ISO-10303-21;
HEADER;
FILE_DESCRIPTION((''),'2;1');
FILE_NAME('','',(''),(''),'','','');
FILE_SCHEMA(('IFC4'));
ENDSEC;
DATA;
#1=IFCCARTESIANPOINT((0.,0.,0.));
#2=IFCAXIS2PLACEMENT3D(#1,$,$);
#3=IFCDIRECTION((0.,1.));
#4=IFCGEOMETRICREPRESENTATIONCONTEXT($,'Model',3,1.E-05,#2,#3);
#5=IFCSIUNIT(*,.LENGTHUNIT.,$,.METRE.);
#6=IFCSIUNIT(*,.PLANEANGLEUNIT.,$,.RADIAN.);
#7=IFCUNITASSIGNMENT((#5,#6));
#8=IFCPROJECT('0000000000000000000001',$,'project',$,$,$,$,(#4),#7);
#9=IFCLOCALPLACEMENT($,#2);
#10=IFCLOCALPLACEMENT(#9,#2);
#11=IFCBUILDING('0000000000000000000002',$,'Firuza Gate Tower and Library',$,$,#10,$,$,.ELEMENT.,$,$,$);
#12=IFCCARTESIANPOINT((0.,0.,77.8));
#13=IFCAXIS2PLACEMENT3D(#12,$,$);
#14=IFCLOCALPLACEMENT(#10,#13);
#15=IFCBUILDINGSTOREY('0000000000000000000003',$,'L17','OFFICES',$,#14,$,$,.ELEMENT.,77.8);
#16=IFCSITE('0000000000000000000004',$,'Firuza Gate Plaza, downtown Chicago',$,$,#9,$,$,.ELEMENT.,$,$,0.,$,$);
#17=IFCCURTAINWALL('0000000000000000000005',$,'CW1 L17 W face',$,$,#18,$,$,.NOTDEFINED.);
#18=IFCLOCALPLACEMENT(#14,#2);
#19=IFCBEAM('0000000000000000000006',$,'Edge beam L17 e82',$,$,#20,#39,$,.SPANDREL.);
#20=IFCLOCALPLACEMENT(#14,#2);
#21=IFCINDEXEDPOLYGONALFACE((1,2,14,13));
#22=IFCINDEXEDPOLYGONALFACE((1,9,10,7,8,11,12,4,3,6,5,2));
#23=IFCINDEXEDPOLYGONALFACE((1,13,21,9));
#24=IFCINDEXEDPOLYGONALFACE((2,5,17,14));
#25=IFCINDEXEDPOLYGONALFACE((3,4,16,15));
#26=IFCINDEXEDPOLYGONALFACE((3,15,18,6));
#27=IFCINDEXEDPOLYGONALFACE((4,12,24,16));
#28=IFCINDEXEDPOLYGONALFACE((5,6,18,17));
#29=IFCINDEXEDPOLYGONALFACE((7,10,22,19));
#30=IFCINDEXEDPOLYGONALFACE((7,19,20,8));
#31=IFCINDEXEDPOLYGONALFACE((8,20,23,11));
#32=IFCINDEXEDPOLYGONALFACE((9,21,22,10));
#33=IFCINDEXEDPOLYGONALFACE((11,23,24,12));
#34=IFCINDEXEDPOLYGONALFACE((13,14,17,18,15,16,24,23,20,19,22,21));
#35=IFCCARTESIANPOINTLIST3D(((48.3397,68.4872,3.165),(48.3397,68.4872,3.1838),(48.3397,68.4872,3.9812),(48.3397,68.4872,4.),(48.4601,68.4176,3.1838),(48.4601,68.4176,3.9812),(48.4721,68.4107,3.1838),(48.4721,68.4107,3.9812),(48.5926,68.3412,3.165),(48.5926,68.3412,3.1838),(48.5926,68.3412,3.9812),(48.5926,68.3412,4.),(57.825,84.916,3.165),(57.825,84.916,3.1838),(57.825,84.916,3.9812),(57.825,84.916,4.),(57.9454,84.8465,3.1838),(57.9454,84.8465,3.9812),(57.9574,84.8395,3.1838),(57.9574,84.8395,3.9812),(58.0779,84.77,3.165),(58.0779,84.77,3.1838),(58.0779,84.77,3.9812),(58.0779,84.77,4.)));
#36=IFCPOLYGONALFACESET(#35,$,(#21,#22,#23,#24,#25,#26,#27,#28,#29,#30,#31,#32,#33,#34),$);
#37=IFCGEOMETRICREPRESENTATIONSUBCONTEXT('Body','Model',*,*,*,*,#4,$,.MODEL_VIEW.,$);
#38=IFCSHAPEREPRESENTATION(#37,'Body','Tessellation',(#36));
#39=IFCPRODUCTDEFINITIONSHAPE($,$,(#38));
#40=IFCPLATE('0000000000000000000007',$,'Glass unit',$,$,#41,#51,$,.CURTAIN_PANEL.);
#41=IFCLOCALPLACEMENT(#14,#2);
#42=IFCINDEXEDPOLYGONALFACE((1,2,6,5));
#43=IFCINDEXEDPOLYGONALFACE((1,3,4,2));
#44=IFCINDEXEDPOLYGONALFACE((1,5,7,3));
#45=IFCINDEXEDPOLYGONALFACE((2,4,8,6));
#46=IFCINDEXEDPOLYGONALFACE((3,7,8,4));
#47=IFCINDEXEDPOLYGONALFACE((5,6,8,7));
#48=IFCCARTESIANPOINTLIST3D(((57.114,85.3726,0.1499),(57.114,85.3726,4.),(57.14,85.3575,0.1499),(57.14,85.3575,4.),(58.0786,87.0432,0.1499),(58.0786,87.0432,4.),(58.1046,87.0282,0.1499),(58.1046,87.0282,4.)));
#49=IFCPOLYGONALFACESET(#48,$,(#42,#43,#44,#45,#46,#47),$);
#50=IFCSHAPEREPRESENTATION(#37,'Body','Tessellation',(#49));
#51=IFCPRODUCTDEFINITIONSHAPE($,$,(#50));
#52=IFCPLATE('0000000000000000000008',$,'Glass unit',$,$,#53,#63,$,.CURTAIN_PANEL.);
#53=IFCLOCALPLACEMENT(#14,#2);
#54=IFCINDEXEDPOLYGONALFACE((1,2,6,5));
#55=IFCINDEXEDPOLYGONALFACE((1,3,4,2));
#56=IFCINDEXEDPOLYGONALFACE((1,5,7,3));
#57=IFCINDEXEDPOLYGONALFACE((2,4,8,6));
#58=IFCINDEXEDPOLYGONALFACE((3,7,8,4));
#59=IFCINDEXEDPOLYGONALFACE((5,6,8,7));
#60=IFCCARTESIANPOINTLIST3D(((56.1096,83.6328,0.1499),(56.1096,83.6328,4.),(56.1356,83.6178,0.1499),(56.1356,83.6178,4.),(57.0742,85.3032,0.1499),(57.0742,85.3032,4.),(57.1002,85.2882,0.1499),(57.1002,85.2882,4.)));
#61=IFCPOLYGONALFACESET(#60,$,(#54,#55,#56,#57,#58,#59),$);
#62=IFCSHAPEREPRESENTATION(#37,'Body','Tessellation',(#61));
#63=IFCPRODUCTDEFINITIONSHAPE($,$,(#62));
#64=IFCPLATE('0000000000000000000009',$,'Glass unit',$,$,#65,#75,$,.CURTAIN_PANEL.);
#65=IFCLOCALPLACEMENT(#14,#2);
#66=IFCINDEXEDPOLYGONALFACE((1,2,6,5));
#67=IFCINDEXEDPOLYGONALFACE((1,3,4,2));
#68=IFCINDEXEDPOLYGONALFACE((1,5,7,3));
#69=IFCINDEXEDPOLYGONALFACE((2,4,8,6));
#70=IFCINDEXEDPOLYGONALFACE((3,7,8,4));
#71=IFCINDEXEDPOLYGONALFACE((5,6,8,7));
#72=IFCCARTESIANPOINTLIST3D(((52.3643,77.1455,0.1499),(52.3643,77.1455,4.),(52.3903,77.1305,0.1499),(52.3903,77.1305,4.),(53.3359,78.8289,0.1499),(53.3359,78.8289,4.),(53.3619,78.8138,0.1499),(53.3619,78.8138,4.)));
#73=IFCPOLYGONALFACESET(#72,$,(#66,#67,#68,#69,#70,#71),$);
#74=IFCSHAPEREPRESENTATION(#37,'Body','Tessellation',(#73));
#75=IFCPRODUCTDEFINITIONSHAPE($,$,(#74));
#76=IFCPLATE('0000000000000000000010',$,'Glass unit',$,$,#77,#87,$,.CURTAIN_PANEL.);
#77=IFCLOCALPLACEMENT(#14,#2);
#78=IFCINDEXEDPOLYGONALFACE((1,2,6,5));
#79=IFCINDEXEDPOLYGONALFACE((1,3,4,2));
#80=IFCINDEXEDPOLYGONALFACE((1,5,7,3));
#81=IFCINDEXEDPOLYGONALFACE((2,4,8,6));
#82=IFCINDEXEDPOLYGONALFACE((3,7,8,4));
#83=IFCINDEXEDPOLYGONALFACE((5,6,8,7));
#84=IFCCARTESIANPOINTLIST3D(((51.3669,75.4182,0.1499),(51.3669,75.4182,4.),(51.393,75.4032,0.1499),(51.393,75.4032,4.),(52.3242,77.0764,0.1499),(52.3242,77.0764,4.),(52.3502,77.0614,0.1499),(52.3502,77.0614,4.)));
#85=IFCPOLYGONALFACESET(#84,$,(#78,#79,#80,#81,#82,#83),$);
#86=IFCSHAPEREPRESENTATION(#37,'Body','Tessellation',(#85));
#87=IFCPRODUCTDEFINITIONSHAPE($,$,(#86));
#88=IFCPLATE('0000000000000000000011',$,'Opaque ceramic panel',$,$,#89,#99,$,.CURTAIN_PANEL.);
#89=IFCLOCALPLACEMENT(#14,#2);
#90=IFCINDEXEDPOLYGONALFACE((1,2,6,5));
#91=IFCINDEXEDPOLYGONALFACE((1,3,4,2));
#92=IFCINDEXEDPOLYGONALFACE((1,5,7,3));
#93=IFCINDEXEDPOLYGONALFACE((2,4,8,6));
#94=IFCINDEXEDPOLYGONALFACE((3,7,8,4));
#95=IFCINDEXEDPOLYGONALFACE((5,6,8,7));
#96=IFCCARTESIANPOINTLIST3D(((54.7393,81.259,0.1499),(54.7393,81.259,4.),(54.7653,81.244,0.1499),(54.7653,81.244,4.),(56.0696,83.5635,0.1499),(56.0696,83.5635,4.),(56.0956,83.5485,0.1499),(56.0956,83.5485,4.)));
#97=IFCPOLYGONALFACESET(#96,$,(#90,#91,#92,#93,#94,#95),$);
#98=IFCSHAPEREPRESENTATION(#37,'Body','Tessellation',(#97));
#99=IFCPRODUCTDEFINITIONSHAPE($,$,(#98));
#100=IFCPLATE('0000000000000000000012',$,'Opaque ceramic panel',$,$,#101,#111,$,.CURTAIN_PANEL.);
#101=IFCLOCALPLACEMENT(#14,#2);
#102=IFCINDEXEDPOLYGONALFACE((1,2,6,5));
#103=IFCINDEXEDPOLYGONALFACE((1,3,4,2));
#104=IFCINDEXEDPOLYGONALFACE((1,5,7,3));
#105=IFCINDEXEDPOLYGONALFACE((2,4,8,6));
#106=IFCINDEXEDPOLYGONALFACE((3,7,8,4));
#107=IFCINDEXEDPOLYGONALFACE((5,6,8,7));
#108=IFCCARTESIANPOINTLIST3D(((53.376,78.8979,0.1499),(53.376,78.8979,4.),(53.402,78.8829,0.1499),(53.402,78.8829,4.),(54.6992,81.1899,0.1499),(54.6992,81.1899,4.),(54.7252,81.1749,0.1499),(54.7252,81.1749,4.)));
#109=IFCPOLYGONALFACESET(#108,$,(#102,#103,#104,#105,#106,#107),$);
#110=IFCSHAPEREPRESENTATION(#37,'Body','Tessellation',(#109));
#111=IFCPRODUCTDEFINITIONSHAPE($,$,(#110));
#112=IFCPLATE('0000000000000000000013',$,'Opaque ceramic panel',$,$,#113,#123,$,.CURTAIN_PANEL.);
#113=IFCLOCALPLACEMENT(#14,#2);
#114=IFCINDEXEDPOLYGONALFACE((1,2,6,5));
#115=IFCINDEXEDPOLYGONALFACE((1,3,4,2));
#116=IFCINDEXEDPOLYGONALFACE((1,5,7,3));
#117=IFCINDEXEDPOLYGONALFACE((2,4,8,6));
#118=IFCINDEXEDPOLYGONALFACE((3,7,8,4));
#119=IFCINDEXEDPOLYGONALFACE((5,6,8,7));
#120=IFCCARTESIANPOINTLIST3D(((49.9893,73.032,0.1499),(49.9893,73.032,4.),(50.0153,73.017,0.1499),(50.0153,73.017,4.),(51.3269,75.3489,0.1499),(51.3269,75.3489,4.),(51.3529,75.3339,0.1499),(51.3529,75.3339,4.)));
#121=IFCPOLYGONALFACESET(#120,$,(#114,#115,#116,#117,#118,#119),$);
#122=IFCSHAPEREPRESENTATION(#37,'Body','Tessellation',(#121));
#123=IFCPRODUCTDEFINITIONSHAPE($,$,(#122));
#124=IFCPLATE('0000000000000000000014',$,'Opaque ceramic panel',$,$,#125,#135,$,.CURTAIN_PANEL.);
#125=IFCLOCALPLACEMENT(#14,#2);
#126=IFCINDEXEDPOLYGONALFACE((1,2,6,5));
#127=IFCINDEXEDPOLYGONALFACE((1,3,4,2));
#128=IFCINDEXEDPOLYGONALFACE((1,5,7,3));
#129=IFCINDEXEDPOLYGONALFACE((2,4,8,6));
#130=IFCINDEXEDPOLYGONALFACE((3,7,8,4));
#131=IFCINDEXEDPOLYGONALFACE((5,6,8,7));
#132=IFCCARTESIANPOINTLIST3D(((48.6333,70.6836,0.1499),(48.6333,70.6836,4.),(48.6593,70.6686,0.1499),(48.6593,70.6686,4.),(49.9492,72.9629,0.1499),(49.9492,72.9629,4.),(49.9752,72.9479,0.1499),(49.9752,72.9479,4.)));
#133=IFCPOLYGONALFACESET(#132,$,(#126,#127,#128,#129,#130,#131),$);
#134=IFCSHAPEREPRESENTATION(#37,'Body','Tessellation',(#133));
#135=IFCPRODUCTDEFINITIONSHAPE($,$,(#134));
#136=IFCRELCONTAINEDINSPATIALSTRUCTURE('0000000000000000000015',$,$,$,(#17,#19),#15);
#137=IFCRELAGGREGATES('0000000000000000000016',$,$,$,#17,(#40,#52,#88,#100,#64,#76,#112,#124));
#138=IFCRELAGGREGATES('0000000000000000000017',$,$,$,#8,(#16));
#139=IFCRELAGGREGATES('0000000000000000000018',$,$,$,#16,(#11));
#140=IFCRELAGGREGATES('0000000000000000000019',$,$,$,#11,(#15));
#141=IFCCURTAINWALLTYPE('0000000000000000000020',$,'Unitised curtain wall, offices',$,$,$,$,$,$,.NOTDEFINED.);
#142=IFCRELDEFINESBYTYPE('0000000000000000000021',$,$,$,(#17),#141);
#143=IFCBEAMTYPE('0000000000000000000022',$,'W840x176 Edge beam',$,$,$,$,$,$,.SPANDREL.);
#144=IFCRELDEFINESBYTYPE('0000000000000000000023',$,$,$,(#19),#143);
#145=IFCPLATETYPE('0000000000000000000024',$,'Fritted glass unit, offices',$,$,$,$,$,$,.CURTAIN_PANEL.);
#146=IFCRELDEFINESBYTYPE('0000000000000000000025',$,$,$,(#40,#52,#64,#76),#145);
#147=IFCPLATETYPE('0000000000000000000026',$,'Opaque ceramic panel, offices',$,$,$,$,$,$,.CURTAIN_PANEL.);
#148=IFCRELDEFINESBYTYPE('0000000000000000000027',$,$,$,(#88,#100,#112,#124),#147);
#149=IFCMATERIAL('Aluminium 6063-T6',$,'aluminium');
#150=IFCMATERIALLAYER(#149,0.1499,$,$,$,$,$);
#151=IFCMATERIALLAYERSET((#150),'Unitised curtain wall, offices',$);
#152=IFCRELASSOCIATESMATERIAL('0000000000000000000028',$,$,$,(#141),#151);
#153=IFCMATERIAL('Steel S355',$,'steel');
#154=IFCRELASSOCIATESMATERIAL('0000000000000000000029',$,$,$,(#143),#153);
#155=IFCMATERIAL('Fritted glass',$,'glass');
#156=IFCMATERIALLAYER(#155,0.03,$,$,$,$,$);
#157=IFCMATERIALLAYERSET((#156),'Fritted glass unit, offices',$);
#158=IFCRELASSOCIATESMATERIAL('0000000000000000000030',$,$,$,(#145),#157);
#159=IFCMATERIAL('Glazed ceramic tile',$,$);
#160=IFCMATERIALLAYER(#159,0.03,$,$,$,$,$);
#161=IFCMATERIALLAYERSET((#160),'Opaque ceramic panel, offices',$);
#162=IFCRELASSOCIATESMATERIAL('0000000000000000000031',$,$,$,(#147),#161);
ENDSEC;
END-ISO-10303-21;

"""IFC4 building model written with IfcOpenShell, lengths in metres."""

from ifc_helpers import new_model, si_unit, direction, frame, origin, origin_2d, place, context, subcontext, project, spatial, polyline, i_section, outline, extrude, material, layer, layer_set, material_profile, profile_set, type_object, element, aggregate, save


model = new_model("IFC4")

# Units and contexts
model_context = context("Model", 3, precision=1e-05, world=origin(), true_north=direction((0.0, 1.0)))
body_context = subcontext(model_context, "Body", "Model", "MODEL_VIEW")
ifc_project = project(units=[si_unit("LENGTHUNIT", "METRE"), si_unit("PLANEANGLEUNIT", "RADIAN")], contexts=[model_context])

# Site, building, storey
site_placement = place(None, origin())
site = spatial("IfcSite", under=ifc_project, at=site_placement, Name="Firuza Gate Plaza, downtown Chicago", CompositionType="ELEMENT", RefElevation=0.0)
building_placement = place(site_placement, origin())
building = spatial("IfcBuilding", under=site, at=building_placement, Name="Firuza Gate Tower and Library", CompositionType="ELEMENT")
storey_placement = place(building_placement, frame((0.0, 0.0, 77.8)))
storey = spatial("IfcBuildingStorey", under=building, at=storey_placement, Name="L17", Description="OFFICES", CompositionType="ELEMENT", Elevation=77.8)

# Curtain wall
ifc_material_1 = material(Name="Aluminium 6063-T6", Category="aluminium")
ifc_layer_1 = layer(ifc_material_1, 0.1499)
ifc_layer_set_1 = layer_set([ifc_layer_1], Name="Unitised curtain wall, offices")
curtain_wall_type = type_object("IfcCurtainWallType", Name="Unitised curtain wall, offices", PredefinedType="NOTDEFINED", material=ifc_layer_set_1)
curtain_wall_placement = place(storey_placement, origin())
curtain_wall = element("IfcCurtainWall", 1, at=curtain_wall_placement, inside=storey, type_object=curtain_wall_type, Name="CW1 L17 W face", PredefinedType="NOTDEFINED")

# Beam
ifc_material_2 = material(Name="Steel S355", Category="steel")
ifc_material_profile_1 = material_profile(ifc_material_2, i_section(OverallWidth=0.292, OverallDepth=0.835, WebThickness=0.0139, FlangeThickness=0.0188, at=origin_2d()))
ifc_profile_set_1 = profile_set([ifc_material_profile_1], Name="Steel S355")
beam_type_1 = type_object("IfcBeamType", Name="W840x176 Edge beam", PredefinedType="SPANDREL", material=ifc_profile_set_1)
beam_1_placement = place(storey_placement, frame((57.9514, 84.843, 3.5825), z_axis=(-0.500004, -0.866023, 0.0), x_axis=(0.866023, -0.500004, 0.0)))
element("IfcBeam", 2, at=beam_1_placement, inside=storey, type_object=beam_type_1, Name="Edge beam L17 e82", PredefinedType="SPANDREL", context=body_context, shape_type="SweptSolid", body=[
    extrude(i_section(OverallWidth=0.292, OverallDepth=0.835, WebThickness=0.0139, FlangeThickness=0.0188, at=origin_2d()), origin(), (0.0, 0.0, 1.0), 18.9705),
])

# Plates
ifc_material_3 = material(Name="Fritted glass", Category="glass")
ifc_layer_2 = layer(ifc_material_3, 0.03)
ifc_layer_set_2 = layer_set([ifc_layer_2], Name="Fritted glass unit, offices")
plate_type_1 = type_object("IfcPlateType", Name="Fritted glass unit, offices", PredefinedType="CURTAIN_PANEL", material=ifc_layer_set_2)
plate_1_placement = place(storey_placement, frame((58.0786, 87.0432, 0.1499), z_axis=(-0.866015, 0.500018, 0.0), x_axis=(-0.500018, -0.866015, 0.0)))
plate_1 = element("IfcPlate", 3, at=plate_1_placement, type_object=plate_type_1, Name="Glass unit", PredefinedType="CURTAIN_PANEL", context=body_context, shape_type="SweptSolid", body=[
    extrude(outline(polyline([(0.0, 0.0), (1.9291, 0.0), (1.9291, 3.8501), (0.0, 3.8501), (0.0, 0.0)])), origin(), (0.0, 0.0, -1.0), 0.03),
])
plate_2_placement = place(storey_placement, frame((57.0742, 85.3032, 0.1499), z_axis=(-0.865983, 0.500073, 0.0), x_axis=(-0.500073, -0.865983, 0.0)))
plate_2 = element("IfcPlate", 4, at=plate_2_placement, type_object=plate_type_1, Name="Glass unit", PredefinedType="CURTAIN_PANEL", context=body_context, shape_type="SweptSolid", body=[
    extrude(outline(polyline([(0.0, 0.0), (1.9289, 0.0), (1.9289, 3.8501), (0.0, 3.8501), (0.0, 0.0)])), origin(), (0.0, 0.0, -1.0), 0.03),
])
plate_3_placement = place(storey_placement, frame((53.3359, 78.8289, 0.1499), z_axis=(-0.866071, 0.499922, 0.0), x_axis=(-0.499922, -0.866071, 0.0)))
plate_3 = element("IfcPlate", 5, at=plate_3_placement, type_object=plate_type_1, Name="Glass unit", PredefinedType="CURTAIN_PANEL", context=body_context, shape_type="SweptSolid", body=[
    extrude(outline(polyline([(0.0, 0.0), (1.9437, 0.0), (1.9437, 3.8501), (0.0, 3.8501), (0.0, 0.0)])), origin(), (0.0, 0.0, -1.0), 0.03),
])
plate_4_placement = place(storey_placement, frame((52.3242, 77.0764, 0.1499), z_axis=(-0.866045, 0.499965, 0.0), x_axis=(-0.499965, -0.866045, 0.0)))
plate_4 = element("IfcPlate", 6, at=plate_4_placement, type_object=plate_type_1, Name="Glass unit", PredefinedType="CURTAIN_PANEL", context=body_context, shape_type="SweptSolid", body=[
    extrude(outline(polyline([(0.0, 0.0), (1.9147, 0.0), (1.9147, 3.8501), (0.0, 3.8501), (0.0, 0.0)])), origin(), (0.0, 0.0, -1.0), 0.03),
])
ifc_material_4 = material(Name="Glazed ceramic tile")
ifc_layer_3 = layer(ifc_material_4, 0.03)
ifc_layer_set_3 = layer_set([ifc_layer_3], Name="Opaque ceramic panel, offices")
plate_type_2 = type_object("IfcPlateType", Name="Opaque ceramic panel, offices", PredefinedType="CURTAIN_PANEL", material=ifc_layer_set_3)
plate_5_placement = place(storey_placement, frame((56.0696, 83.5635, 0.1499), z_axis=(-0.86605, 0.499958, 0.0), x_axis=(-0.499958, -0.86605, 0.0)))
plate_5 = element("IfcPlate", 7, at=plate_5_placement, type_object=plate_type_2, Name="Opaque ceramic panel", PredefinedType="CURTAIN_PANEL", context=body_context, shape_type="SweptSolid", body=[
    extrude(outline(polyline([(0.0, 0.0), (2.6609, 0.0), (2.6609, 3.8501), (0.0, 3.8501), (0.0, 0.0)])), origin(), (0.0, 0.0, -1.0), 0.03),
])
plate_6_placement = place(storey_placement, frame((54.6992, 81.1899, 0.1499), z_axis=(-0.866032, 0.499989, 0.0), x_axis=(-0.499989, -0.866032, 0.0)))
plate_6 = element("IfcPlate", 8, at=plate_6_placement, type_object=plate_type_2, Name="Opaque ceramic panel", PredefinedType="CURTAIN_PANEL", context=body_context, shape_type="SweptSolid", body=[
    extrude(outline(polyline([(0.0, 0.0), (2.6465, 0.0), (2.6465, 3.8501), (0.0, 3.8501), (0.0, 0.0)])), origin(), (0.0, 0.0, -1.0), 0.03),
])
plate_7_placement = place(storey_placement, frame((51.3269, 75.3489, 0.1499), z_axis=(-0.866028, 0.499996, 0.0), x_axis=(-0.499996, -0.866028, 0.0)))
plate_7 = element("IfcPlate", 9, at=plate_7_placement, type_object=plate_type_2, Name="Opaque ceramic panel", PredefinedType="CURTAIN_PANEL", context=body_context, shape_type="SweptSolid", body=[
    extrude(outline(polyline([(0.0, 0.0), (2.6753, 0.0), (2.6753, 3.8501), (0.0, 3.8501), (0.0, 0.0)])), origin(), (0.0, 0.0, -1.0), 0.03),
])
plate_8_placement = place(storey_placement, frame((49.9492, 72.9629, 0.1499), z_axis=(-0.866031, 0.49999, 0.0), x_axis=(-0.49999, -0.866031, 0.0)))
plate_8 = element("IfcPlate", 10, at=plate_8_placement, type_object=plate_type_2, Name="Opaque ceramic panel", PredefinedType="CURTAIN_PANEL", context=body_context, shape_type="SweptSolid", body=[
    extrude(outline(polyline([(0.0, 0.0), (2.6319, 0.0), (2.6319, 3.8501), (0.0, 3.8501), (0.0, 0.0)])), origin(), (0.0, 0.0, -1.0), 0.03),
])
aggregate(curtain_wall, [plate_1, plate_2, plate_5, plate_6, plate_3, plate_4, plate_7, plate_8])

save(model, "model.ifc")
